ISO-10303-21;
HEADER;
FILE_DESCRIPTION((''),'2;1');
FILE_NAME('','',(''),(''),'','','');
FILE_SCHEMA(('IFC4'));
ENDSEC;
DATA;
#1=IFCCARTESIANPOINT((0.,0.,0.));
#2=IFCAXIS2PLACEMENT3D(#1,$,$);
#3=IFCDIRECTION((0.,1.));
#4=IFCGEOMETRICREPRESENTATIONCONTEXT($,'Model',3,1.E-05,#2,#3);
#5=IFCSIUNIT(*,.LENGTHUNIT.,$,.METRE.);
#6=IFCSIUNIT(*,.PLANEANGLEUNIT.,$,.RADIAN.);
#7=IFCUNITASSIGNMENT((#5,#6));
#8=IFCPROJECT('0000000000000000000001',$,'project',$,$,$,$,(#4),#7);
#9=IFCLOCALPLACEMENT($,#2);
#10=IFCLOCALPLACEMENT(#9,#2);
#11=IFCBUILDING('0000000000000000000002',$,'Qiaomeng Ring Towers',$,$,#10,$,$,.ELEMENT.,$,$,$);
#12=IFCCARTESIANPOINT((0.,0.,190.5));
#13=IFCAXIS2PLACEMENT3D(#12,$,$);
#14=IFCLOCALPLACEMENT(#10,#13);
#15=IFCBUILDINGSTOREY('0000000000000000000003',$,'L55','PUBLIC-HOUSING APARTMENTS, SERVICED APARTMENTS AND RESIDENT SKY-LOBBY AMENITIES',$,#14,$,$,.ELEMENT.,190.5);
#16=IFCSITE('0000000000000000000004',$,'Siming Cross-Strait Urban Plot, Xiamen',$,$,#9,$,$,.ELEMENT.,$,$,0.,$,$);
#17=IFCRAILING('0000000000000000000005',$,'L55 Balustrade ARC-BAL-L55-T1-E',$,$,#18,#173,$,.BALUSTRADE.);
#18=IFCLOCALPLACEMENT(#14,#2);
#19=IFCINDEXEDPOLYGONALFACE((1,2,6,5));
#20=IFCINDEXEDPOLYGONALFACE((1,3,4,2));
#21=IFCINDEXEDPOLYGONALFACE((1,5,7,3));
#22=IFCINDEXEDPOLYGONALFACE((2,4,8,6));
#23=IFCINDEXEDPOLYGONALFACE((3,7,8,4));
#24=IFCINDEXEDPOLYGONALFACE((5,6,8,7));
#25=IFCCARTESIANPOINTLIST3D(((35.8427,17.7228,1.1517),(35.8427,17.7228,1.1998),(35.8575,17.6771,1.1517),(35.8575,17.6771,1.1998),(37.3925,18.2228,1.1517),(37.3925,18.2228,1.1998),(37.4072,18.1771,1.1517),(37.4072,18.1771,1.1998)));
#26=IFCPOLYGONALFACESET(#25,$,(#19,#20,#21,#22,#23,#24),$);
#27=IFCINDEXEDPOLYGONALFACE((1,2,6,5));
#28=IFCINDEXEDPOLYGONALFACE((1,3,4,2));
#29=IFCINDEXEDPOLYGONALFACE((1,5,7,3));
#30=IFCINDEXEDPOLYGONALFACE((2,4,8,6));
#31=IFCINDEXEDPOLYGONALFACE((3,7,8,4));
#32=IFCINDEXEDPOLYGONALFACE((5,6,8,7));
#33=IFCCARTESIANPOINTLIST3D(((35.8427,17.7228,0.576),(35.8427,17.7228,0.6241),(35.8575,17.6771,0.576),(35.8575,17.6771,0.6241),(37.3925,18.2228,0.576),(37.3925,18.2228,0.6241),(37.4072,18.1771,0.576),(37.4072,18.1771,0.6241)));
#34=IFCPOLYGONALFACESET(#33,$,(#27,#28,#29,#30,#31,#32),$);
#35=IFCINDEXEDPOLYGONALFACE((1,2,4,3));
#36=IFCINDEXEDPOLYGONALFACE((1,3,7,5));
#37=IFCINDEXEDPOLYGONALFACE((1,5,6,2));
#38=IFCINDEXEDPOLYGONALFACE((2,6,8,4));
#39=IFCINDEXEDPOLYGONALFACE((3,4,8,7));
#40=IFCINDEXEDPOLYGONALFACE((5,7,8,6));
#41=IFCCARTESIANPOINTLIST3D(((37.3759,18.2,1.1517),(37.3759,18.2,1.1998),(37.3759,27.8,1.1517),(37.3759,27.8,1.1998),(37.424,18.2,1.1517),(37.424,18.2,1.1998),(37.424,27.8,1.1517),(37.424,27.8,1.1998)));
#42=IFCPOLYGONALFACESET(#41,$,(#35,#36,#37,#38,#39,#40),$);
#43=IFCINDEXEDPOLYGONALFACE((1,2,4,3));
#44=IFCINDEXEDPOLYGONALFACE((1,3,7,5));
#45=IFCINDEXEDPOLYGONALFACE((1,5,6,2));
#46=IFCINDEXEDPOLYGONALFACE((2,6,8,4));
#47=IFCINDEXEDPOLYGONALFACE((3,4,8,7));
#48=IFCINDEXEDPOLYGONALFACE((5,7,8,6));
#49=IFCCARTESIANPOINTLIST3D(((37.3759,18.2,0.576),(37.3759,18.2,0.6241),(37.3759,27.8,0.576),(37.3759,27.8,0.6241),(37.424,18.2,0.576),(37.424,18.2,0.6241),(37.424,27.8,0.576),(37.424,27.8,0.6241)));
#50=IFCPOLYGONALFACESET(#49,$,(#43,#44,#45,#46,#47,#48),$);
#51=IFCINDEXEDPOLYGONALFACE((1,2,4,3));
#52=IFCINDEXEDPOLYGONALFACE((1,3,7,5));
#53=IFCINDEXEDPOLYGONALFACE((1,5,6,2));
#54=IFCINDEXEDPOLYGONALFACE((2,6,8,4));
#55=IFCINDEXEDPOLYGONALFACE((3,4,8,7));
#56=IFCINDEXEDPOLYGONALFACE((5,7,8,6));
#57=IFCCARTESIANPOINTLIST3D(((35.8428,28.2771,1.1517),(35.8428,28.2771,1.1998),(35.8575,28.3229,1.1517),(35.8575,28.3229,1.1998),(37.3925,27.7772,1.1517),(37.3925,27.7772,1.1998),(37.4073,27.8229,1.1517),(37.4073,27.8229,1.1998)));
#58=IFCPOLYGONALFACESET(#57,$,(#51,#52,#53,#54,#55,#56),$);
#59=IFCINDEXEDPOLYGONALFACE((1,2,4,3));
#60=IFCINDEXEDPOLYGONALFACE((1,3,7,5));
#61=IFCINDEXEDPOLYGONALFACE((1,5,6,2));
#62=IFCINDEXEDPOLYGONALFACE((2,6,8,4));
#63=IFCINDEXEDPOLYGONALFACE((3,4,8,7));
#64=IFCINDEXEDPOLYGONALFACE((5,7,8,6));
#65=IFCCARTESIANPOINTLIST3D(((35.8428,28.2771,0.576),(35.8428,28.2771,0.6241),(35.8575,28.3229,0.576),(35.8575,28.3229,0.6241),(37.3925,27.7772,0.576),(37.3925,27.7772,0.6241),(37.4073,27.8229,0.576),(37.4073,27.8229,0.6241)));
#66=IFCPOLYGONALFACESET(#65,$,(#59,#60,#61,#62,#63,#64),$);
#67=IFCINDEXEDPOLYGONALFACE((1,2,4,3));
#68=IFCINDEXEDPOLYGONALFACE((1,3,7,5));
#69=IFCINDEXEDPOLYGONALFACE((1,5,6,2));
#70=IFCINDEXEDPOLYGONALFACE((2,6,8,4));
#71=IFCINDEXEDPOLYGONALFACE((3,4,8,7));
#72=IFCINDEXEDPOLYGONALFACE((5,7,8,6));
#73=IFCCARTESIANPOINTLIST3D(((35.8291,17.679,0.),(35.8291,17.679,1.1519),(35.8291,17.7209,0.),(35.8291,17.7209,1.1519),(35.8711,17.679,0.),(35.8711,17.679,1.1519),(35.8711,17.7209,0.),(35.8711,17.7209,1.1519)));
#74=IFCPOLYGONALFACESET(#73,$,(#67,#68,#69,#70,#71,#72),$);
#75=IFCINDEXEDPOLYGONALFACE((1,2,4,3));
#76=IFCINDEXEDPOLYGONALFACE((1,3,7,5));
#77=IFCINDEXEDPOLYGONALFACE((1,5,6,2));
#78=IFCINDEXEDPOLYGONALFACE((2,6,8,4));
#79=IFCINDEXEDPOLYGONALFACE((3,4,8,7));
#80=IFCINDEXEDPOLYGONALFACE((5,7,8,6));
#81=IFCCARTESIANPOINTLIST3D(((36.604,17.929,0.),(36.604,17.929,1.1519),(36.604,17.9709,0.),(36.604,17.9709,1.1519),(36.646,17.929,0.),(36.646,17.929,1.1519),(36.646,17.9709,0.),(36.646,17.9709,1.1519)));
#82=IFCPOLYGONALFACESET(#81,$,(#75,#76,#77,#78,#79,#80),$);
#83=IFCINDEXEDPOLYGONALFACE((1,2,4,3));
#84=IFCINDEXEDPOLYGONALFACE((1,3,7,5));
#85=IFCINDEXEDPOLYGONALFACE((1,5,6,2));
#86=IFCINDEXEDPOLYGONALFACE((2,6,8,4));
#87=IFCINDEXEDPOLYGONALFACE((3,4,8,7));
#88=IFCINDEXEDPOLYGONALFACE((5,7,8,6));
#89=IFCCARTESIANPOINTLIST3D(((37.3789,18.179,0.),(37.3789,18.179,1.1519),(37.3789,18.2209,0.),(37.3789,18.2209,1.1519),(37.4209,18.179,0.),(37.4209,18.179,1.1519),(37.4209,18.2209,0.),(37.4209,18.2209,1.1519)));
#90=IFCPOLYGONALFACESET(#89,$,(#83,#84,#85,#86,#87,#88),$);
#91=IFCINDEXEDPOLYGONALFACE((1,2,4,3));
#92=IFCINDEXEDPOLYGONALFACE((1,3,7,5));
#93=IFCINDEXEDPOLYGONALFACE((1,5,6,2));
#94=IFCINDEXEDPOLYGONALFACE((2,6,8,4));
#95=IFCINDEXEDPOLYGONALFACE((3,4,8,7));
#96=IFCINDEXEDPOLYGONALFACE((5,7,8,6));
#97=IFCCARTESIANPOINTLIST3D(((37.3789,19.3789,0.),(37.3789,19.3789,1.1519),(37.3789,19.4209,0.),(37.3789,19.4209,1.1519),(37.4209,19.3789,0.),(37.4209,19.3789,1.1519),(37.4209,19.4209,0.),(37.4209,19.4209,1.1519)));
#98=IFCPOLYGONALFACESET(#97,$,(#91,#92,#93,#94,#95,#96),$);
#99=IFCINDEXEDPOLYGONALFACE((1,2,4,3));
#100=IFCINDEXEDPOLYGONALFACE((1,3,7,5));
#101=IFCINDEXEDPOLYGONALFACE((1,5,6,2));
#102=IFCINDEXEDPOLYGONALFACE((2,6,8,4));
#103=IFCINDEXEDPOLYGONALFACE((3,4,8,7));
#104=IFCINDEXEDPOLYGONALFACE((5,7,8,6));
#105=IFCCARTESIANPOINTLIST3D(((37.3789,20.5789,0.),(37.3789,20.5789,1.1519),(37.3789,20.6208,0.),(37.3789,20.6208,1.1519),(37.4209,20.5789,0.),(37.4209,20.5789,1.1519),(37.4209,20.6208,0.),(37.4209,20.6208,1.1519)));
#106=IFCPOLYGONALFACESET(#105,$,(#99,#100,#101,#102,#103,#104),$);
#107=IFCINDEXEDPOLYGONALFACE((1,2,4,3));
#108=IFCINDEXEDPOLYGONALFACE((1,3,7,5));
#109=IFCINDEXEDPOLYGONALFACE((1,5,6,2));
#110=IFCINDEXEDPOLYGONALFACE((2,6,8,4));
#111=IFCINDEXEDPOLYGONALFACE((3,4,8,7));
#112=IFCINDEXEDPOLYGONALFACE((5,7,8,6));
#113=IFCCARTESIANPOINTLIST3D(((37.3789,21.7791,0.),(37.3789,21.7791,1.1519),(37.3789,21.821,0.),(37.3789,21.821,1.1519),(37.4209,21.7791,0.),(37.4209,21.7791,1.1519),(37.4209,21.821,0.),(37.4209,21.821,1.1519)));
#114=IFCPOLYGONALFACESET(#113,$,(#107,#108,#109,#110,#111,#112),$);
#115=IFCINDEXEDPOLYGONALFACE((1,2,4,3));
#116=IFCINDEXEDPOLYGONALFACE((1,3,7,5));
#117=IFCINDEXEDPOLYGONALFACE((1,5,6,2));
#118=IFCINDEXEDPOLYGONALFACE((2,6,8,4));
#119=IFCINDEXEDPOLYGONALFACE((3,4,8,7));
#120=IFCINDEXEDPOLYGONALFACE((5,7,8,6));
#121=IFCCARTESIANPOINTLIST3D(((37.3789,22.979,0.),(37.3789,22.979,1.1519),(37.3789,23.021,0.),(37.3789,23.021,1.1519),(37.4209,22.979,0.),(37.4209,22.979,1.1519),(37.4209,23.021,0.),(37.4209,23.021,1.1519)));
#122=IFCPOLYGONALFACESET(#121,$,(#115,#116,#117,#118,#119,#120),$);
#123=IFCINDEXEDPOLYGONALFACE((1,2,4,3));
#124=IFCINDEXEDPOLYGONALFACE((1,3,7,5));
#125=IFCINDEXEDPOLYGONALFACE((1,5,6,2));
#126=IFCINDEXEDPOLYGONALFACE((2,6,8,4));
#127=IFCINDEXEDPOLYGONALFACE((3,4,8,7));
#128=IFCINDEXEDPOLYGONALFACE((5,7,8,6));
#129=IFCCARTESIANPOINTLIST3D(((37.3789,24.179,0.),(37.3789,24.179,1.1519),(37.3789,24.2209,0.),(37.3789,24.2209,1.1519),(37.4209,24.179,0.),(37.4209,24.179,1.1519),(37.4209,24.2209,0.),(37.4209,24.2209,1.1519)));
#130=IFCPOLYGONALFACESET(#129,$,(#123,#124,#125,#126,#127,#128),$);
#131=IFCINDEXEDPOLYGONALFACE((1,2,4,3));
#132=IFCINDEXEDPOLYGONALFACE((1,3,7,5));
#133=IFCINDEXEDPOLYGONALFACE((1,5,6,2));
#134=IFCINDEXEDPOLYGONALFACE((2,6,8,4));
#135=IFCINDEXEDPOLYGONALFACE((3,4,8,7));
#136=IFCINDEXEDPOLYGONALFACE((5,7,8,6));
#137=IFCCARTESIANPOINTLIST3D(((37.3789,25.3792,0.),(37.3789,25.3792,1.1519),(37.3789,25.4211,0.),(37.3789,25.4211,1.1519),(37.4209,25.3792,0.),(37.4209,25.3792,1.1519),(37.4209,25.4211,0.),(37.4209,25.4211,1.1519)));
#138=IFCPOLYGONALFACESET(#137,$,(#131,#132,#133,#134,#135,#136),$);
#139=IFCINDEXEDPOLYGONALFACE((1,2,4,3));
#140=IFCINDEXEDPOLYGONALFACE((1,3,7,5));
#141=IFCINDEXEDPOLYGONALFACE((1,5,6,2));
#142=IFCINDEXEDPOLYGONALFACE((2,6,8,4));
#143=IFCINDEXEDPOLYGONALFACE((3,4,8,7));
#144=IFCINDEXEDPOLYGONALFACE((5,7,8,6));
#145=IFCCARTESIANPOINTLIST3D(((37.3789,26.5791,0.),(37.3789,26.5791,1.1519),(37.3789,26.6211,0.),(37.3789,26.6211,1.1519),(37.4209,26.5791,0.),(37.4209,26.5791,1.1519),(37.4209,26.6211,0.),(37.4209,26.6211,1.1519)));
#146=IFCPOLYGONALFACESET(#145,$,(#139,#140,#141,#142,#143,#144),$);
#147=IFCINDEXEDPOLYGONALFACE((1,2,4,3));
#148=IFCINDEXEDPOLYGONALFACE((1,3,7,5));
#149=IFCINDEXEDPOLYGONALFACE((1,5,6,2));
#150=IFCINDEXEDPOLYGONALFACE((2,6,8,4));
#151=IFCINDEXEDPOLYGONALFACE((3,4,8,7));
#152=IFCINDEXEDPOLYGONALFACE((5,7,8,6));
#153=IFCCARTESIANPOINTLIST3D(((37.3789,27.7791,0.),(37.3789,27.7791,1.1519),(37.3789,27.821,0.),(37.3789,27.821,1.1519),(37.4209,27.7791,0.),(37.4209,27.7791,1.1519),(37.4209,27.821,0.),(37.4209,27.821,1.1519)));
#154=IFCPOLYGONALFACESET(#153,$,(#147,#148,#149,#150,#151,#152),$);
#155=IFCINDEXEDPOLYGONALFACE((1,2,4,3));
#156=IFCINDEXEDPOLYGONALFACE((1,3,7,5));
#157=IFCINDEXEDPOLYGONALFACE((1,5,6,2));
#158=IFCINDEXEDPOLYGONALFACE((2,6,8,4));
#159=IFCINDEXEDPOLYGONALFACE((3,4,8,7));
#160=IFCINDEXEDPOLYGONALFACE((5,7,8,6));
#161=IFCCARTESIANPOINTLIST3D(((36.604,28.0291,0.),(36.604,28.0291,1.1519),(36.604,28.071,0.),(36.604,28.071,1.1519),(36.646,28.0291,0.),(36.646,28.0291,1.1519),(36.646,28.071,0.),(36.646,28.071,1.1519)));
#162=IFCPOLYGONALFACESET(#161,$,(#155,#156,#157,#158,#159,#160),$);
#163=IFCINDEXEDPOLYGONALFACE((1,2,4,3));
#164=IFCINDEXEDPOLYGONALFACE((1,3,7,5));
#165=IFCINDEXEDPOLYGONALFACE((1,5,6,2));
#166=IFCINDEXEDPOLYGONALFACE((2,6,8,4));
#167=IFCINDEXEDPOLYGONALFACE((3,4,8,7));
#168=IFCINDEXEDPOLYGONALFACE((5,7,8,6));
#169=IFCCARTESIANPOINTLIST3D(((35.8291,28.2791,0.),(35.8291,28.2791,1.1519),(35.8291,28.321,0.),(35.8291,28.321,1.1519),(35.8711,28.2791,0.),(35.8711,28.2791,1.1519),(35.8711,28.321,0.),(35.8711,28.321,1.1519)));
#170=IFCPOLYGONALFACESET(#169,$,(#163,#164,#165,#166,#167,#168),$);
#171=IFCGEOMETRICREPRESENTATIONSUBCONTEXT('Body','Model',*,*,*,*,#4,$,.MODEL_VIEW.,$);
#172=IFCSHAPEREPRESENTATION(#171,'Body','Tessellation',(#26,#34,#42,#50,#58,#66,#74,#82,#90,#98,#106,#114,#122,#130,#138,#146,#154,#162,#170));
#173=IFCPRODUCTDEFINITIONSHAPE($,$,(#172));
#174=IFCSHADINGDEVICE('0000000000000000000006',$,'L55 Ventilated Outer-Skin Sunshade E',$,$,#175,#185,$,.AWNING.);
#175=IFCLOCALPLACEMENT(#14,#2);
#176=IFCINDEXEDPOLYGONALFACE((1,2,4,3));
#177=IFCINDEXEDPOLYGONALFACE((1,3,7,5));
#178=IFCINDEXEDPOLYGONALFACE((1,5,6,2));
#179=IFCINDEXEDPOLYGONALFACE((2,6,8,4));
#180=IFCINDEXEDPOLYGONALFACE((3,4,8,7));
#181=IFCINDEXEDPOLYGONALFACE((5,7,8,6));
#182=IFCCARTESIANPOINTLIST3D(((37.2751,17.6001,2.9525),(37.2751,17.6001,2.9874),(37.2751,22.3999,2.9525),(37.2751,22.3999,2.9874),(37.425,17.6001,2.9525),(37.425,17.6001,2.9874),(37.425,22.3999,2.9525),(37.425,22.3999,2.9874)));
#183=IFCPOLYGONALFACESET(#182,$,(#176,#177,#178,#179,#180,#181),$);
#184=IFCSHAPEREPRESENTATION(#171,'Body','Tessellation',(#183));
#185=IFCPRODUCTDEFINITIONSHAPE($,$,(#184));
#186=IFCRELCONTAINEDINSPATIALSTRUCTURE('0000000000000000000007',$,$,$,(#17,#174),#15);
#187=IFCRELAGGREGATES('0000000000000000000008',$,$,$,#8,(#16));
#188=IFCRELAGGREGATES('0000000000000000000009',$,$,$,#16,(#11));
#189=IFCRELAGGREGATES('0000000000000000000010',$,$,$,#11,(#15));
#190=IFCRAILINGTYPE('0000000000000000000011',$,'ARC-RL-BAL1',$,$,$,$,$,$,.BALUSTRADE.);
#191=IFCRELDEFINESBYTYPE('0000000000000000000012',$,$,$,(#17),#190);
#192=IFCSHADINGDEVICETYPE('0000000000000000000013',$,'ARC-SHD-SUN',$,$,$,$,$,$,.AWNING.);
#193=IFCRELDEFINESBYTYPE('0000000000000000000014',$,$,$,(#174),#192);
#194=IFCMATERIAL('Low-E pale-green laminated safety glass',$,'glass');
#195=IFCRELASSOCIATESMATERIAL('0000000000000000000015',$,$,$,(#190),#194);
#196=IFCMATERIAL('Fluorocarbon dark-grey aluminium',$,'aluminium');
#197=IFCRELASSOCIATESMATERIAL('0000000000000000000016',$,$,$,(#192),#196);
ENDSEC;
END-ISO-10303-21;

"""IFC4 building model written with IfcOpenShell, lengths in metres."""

from ifc_helpers import new_model, si_unit, direction, frame, origin, origin_2d, place, context, subcontext, project, spatial, rectangle, extrude, source, transform, mapped, material, material_profile, profile_set, type_object, element, save


model = new_model("IFC4")

# Units and contexts
model_context = context("Model", 3, precision=1e-05, world=origin(), true_north=direction((0.0, 1.0)))
body_context = subcontext(model_context, "Body", "Model", "MODEL_VIEW")
ifc_project = project(units=[si_unit("LENGTHUNIT", "METRE"), si_unit("PLANEANGLEUNIT", "RADIAN")], contexts=[model_context])

# Site, building, storey
site_placement = place(None, origin())
site = spatial("IfcSite", under=ifc_project, at=site_placement, Name="Siming Cross-Strait Urban Plot, Xiamen", CompositionType="ELEMENT", RefElevation=0.0)
building_placement = place(site_placement, origin())
building = spatial("IfcBuilding", under=site, at=building_placement, Name="Qiaomeng Ring Towers", CompositionType="ELEMENT")
storey_placement = place(building_placement, frame((0.0, 0.0, 190.5)))
storey = spatial("IfcBuildingStorey", under=building, at=storey_placement, Name="L55", Description="PUBLIC-HOUSING APARTMENTS, SERVICED APARTMENTS AND RESIDENT SKY-LOBBY AMENITIES", CompositionType="ELEMENT", Elevation=190.5)

# Railing
ifc_material_1 = material(Name="Low-E pale-green laminated safety glass", Category="glass")
railing_type = type_object("IfcRailingType", Name="ARC-RL-BAL1", PredefinedType="BALUSTRADE", material=ifc_material_1)
railing_placement = place(storey_placement, frame((35.8501, 17.7, 0.0)))
element("IfcRailing", 1, at=railing_placement, inside=storey, type_object=railing_type, Name="L55 Balustrade ARC-BAL-L55-T1-E", PredefinedType="BALUSTRADE", context=body_context, shape_type="SweptSolid", body=[
    extrude(rectangle(XDim=0.0481, YDim=0.0481, at=origin_2d()), frame((0.0, 0.0, 1.1758), z_axis=(0.951697, 0.307038, 0.0), x_axis=(-0.307038, 0.951697, 0.0)), (0.0, 0.0, 1.0), 1.6284),
    extrude(rectangle(XDim=0.0481, YDim=0.0481, at=origin_2d()), frame((0.0, 0.0, 0.6001), z_axis=(0.951697, 0.307038, 0.0), x_axis=(-0.307038, 0.951697, 0.0)), (0.0, 0.0, 1.0), 1.6284),
    extrude(rectangle(XDim=0.0481, YDim=0.0481, at=origin_2d()), frame((1.5498, 0.5, 1.1758), z_axis=(0.0, 1.0, 0.0), x_axis=(-1.0, 0.0, 0.0)), (0.0, 0.0, 1.0), 9.6001),
    extrude(rectangle(XDim=0.0481, YDim=0.0481, at=origin_2d()), frame((1.5498, 0.5, 0.6001), z_axis=(0.0, 1.0, 0.0), x_axis=(-1.0, 0.0, 0.0)), (0.0, 0.0, 1.0), 9.6001),
    extrude(rectangle(XDim=0.0481, YDim=0.0481, at=origin_2d()), frame((1.5498, 10.1001, 1.1758), z_axis=(-0.951697, 0.307038, 0.0), x_axis=(-0.307038, -0.951697, 0.0)), (0.0, 0.0, 1.0), 1.6284),
    extrude(rectangle(XDim=0.0481, YDim=0.0481, at=origin_2d()), frame((1.5498, 10.1001, 0.6001), z_axis=(-0.951697, 0.307038, 0.0), x_axis=(-0.307038, -0.951697, 0.0)), (0.0, 0.0, 1.0), 1.6284),
    extrude(rectangle(XDim=0.042, YDim=0.042, at=origin_2d()), origin(), (0.0, 0.0, 1.0), 1.1519),
    extrude(rectangle(XDim=0.042, YDim=0.042, at=origin_2d()), frame((0.7749, 0.25, 0.0)), (0.0, 0.0, 1.0), 1.1519),
    extrude(rectangle(XDim=0.042, YDim=0.042, at=origin_2d()), frame((1.5498, 0.5, 0.0)), (0.0, 0.0, 1.0), 1.1519),
    extrude(rectangle(XDim=0.042, YDim=0.042, at=origin_2d()), frame((1.5498, 1.7, 0.0)), (0.0, 0.0, 1.0), 1.1519),
    extrude(rectangle(XDim=0.042, YDim=0.042, at=origin_2d()), frame((1.5498, 2.8999, 0.0)), (0.0, 0.0, 1.0), 1.1519),
    extrude(rectangle(XDim=0.042, YDim=0.042, at=origin_2d()), frame((1.5498, 4.1001, 0.0)), (0.0, 0.0, 1.0), 1.1519),
    extrude(rectangle(XDim=0.042, YDim=0.042, at=origin_2d()), frame((1.5498, 5.3, 0.0)), (0.0, 0.0, 1.0), 1.1519),
    extrude(rectangle(XDim=0.042, YDim=0.042, at=origin_2d()), frame((1.5498, 6.5, 0.0)), (0.0, 0.0, 1.0), 1.1519),
    extrude(rectangle(XDim=0.042, YDim=0.042, at=origin_2d()), frame((1.5498, 7.7002, 0.0)), (0.0, 0.0, 1.0), 1.1519),
    extrude(rectangle(XDim=0.042, YDim=0.042, at=origin_2d()), frame((1.5498, 8.9001, 0.0)), (0.0, 0.0, 1.0), 1.1519),
    extrude(rectangle(XDim=0.042, YDim=0.042, at=origin_2d()), frame((1.5498, 10.1001, 0.0)), (0.0, 0.0, 1.0), 1.1519),
    extrude(rectangle(XDim=0.042, YDim=0.042, at=origin_2d()), frame((0.7749, 10.3501, 0.0)), (0.0, 0.0, 1.0), 1.1519),
    extrude(rectangle(XDim=0.042, YDim=0.042, at=origin_2d()), frame((0.0, 10.6001, 0.0)), (0.0, 0.0, 1.0), 1.1519),
])

# Shading device
ifc_material_2 = material(Name="Fluorocarbon dark-grey aluminium", Category="aluminium")
ifc_material_profile_1 = material_profile(ifc_material_2, rectangle(XDim=0.1499, YDim=0.0349, at=origin_2d()), Name="LV BLADE 150x35")
ifc_profile_set_1 = profile_set([ifc_material_profile_1], Name="Fluorocarbon dark-grey aluminium")
shading_device_type = type_object("IfcShadingDeviceType", Name="ARC-SHD-SUN", PredefinedType="AWNING", material=ifc_profile_set_1)
shared_shape_1 = source(origin(), body_context, "Body", "SweptSolid", [
    extrude(rectangle(XDim=0.1499, YDim=0.0349, at=origin_2d()), origin(), (0.0, 0.0, 1.0), 4.7998),
])
shading_device_placement = place(storey_placement, frame((37.3501, 17.6001, 2.97), z_axis=(0.0, 1.0, 0.0), x_axis=(-1.0, 0.0, 0.0)))
element("IfcShadingDevice", 2, at=shading_device_placement, inside=storey, type_object=shading_device_type, Name="L55 Ventilated Outer-Skin Sunshade E", PredefinedType="AWNING", context=body_context, shape_type="MappedRepresentation", body=[
    mapped(shared_shape_1, transform((0.0, 0.0, 0.0), x_axis=(1.0, 0.0, 0.0), y_axis=(0.0, 1.0, 0.0), z_axis=(0.0, 0.0, 1.0), scale=1.0)),
])

save(model, "model.ifc")
